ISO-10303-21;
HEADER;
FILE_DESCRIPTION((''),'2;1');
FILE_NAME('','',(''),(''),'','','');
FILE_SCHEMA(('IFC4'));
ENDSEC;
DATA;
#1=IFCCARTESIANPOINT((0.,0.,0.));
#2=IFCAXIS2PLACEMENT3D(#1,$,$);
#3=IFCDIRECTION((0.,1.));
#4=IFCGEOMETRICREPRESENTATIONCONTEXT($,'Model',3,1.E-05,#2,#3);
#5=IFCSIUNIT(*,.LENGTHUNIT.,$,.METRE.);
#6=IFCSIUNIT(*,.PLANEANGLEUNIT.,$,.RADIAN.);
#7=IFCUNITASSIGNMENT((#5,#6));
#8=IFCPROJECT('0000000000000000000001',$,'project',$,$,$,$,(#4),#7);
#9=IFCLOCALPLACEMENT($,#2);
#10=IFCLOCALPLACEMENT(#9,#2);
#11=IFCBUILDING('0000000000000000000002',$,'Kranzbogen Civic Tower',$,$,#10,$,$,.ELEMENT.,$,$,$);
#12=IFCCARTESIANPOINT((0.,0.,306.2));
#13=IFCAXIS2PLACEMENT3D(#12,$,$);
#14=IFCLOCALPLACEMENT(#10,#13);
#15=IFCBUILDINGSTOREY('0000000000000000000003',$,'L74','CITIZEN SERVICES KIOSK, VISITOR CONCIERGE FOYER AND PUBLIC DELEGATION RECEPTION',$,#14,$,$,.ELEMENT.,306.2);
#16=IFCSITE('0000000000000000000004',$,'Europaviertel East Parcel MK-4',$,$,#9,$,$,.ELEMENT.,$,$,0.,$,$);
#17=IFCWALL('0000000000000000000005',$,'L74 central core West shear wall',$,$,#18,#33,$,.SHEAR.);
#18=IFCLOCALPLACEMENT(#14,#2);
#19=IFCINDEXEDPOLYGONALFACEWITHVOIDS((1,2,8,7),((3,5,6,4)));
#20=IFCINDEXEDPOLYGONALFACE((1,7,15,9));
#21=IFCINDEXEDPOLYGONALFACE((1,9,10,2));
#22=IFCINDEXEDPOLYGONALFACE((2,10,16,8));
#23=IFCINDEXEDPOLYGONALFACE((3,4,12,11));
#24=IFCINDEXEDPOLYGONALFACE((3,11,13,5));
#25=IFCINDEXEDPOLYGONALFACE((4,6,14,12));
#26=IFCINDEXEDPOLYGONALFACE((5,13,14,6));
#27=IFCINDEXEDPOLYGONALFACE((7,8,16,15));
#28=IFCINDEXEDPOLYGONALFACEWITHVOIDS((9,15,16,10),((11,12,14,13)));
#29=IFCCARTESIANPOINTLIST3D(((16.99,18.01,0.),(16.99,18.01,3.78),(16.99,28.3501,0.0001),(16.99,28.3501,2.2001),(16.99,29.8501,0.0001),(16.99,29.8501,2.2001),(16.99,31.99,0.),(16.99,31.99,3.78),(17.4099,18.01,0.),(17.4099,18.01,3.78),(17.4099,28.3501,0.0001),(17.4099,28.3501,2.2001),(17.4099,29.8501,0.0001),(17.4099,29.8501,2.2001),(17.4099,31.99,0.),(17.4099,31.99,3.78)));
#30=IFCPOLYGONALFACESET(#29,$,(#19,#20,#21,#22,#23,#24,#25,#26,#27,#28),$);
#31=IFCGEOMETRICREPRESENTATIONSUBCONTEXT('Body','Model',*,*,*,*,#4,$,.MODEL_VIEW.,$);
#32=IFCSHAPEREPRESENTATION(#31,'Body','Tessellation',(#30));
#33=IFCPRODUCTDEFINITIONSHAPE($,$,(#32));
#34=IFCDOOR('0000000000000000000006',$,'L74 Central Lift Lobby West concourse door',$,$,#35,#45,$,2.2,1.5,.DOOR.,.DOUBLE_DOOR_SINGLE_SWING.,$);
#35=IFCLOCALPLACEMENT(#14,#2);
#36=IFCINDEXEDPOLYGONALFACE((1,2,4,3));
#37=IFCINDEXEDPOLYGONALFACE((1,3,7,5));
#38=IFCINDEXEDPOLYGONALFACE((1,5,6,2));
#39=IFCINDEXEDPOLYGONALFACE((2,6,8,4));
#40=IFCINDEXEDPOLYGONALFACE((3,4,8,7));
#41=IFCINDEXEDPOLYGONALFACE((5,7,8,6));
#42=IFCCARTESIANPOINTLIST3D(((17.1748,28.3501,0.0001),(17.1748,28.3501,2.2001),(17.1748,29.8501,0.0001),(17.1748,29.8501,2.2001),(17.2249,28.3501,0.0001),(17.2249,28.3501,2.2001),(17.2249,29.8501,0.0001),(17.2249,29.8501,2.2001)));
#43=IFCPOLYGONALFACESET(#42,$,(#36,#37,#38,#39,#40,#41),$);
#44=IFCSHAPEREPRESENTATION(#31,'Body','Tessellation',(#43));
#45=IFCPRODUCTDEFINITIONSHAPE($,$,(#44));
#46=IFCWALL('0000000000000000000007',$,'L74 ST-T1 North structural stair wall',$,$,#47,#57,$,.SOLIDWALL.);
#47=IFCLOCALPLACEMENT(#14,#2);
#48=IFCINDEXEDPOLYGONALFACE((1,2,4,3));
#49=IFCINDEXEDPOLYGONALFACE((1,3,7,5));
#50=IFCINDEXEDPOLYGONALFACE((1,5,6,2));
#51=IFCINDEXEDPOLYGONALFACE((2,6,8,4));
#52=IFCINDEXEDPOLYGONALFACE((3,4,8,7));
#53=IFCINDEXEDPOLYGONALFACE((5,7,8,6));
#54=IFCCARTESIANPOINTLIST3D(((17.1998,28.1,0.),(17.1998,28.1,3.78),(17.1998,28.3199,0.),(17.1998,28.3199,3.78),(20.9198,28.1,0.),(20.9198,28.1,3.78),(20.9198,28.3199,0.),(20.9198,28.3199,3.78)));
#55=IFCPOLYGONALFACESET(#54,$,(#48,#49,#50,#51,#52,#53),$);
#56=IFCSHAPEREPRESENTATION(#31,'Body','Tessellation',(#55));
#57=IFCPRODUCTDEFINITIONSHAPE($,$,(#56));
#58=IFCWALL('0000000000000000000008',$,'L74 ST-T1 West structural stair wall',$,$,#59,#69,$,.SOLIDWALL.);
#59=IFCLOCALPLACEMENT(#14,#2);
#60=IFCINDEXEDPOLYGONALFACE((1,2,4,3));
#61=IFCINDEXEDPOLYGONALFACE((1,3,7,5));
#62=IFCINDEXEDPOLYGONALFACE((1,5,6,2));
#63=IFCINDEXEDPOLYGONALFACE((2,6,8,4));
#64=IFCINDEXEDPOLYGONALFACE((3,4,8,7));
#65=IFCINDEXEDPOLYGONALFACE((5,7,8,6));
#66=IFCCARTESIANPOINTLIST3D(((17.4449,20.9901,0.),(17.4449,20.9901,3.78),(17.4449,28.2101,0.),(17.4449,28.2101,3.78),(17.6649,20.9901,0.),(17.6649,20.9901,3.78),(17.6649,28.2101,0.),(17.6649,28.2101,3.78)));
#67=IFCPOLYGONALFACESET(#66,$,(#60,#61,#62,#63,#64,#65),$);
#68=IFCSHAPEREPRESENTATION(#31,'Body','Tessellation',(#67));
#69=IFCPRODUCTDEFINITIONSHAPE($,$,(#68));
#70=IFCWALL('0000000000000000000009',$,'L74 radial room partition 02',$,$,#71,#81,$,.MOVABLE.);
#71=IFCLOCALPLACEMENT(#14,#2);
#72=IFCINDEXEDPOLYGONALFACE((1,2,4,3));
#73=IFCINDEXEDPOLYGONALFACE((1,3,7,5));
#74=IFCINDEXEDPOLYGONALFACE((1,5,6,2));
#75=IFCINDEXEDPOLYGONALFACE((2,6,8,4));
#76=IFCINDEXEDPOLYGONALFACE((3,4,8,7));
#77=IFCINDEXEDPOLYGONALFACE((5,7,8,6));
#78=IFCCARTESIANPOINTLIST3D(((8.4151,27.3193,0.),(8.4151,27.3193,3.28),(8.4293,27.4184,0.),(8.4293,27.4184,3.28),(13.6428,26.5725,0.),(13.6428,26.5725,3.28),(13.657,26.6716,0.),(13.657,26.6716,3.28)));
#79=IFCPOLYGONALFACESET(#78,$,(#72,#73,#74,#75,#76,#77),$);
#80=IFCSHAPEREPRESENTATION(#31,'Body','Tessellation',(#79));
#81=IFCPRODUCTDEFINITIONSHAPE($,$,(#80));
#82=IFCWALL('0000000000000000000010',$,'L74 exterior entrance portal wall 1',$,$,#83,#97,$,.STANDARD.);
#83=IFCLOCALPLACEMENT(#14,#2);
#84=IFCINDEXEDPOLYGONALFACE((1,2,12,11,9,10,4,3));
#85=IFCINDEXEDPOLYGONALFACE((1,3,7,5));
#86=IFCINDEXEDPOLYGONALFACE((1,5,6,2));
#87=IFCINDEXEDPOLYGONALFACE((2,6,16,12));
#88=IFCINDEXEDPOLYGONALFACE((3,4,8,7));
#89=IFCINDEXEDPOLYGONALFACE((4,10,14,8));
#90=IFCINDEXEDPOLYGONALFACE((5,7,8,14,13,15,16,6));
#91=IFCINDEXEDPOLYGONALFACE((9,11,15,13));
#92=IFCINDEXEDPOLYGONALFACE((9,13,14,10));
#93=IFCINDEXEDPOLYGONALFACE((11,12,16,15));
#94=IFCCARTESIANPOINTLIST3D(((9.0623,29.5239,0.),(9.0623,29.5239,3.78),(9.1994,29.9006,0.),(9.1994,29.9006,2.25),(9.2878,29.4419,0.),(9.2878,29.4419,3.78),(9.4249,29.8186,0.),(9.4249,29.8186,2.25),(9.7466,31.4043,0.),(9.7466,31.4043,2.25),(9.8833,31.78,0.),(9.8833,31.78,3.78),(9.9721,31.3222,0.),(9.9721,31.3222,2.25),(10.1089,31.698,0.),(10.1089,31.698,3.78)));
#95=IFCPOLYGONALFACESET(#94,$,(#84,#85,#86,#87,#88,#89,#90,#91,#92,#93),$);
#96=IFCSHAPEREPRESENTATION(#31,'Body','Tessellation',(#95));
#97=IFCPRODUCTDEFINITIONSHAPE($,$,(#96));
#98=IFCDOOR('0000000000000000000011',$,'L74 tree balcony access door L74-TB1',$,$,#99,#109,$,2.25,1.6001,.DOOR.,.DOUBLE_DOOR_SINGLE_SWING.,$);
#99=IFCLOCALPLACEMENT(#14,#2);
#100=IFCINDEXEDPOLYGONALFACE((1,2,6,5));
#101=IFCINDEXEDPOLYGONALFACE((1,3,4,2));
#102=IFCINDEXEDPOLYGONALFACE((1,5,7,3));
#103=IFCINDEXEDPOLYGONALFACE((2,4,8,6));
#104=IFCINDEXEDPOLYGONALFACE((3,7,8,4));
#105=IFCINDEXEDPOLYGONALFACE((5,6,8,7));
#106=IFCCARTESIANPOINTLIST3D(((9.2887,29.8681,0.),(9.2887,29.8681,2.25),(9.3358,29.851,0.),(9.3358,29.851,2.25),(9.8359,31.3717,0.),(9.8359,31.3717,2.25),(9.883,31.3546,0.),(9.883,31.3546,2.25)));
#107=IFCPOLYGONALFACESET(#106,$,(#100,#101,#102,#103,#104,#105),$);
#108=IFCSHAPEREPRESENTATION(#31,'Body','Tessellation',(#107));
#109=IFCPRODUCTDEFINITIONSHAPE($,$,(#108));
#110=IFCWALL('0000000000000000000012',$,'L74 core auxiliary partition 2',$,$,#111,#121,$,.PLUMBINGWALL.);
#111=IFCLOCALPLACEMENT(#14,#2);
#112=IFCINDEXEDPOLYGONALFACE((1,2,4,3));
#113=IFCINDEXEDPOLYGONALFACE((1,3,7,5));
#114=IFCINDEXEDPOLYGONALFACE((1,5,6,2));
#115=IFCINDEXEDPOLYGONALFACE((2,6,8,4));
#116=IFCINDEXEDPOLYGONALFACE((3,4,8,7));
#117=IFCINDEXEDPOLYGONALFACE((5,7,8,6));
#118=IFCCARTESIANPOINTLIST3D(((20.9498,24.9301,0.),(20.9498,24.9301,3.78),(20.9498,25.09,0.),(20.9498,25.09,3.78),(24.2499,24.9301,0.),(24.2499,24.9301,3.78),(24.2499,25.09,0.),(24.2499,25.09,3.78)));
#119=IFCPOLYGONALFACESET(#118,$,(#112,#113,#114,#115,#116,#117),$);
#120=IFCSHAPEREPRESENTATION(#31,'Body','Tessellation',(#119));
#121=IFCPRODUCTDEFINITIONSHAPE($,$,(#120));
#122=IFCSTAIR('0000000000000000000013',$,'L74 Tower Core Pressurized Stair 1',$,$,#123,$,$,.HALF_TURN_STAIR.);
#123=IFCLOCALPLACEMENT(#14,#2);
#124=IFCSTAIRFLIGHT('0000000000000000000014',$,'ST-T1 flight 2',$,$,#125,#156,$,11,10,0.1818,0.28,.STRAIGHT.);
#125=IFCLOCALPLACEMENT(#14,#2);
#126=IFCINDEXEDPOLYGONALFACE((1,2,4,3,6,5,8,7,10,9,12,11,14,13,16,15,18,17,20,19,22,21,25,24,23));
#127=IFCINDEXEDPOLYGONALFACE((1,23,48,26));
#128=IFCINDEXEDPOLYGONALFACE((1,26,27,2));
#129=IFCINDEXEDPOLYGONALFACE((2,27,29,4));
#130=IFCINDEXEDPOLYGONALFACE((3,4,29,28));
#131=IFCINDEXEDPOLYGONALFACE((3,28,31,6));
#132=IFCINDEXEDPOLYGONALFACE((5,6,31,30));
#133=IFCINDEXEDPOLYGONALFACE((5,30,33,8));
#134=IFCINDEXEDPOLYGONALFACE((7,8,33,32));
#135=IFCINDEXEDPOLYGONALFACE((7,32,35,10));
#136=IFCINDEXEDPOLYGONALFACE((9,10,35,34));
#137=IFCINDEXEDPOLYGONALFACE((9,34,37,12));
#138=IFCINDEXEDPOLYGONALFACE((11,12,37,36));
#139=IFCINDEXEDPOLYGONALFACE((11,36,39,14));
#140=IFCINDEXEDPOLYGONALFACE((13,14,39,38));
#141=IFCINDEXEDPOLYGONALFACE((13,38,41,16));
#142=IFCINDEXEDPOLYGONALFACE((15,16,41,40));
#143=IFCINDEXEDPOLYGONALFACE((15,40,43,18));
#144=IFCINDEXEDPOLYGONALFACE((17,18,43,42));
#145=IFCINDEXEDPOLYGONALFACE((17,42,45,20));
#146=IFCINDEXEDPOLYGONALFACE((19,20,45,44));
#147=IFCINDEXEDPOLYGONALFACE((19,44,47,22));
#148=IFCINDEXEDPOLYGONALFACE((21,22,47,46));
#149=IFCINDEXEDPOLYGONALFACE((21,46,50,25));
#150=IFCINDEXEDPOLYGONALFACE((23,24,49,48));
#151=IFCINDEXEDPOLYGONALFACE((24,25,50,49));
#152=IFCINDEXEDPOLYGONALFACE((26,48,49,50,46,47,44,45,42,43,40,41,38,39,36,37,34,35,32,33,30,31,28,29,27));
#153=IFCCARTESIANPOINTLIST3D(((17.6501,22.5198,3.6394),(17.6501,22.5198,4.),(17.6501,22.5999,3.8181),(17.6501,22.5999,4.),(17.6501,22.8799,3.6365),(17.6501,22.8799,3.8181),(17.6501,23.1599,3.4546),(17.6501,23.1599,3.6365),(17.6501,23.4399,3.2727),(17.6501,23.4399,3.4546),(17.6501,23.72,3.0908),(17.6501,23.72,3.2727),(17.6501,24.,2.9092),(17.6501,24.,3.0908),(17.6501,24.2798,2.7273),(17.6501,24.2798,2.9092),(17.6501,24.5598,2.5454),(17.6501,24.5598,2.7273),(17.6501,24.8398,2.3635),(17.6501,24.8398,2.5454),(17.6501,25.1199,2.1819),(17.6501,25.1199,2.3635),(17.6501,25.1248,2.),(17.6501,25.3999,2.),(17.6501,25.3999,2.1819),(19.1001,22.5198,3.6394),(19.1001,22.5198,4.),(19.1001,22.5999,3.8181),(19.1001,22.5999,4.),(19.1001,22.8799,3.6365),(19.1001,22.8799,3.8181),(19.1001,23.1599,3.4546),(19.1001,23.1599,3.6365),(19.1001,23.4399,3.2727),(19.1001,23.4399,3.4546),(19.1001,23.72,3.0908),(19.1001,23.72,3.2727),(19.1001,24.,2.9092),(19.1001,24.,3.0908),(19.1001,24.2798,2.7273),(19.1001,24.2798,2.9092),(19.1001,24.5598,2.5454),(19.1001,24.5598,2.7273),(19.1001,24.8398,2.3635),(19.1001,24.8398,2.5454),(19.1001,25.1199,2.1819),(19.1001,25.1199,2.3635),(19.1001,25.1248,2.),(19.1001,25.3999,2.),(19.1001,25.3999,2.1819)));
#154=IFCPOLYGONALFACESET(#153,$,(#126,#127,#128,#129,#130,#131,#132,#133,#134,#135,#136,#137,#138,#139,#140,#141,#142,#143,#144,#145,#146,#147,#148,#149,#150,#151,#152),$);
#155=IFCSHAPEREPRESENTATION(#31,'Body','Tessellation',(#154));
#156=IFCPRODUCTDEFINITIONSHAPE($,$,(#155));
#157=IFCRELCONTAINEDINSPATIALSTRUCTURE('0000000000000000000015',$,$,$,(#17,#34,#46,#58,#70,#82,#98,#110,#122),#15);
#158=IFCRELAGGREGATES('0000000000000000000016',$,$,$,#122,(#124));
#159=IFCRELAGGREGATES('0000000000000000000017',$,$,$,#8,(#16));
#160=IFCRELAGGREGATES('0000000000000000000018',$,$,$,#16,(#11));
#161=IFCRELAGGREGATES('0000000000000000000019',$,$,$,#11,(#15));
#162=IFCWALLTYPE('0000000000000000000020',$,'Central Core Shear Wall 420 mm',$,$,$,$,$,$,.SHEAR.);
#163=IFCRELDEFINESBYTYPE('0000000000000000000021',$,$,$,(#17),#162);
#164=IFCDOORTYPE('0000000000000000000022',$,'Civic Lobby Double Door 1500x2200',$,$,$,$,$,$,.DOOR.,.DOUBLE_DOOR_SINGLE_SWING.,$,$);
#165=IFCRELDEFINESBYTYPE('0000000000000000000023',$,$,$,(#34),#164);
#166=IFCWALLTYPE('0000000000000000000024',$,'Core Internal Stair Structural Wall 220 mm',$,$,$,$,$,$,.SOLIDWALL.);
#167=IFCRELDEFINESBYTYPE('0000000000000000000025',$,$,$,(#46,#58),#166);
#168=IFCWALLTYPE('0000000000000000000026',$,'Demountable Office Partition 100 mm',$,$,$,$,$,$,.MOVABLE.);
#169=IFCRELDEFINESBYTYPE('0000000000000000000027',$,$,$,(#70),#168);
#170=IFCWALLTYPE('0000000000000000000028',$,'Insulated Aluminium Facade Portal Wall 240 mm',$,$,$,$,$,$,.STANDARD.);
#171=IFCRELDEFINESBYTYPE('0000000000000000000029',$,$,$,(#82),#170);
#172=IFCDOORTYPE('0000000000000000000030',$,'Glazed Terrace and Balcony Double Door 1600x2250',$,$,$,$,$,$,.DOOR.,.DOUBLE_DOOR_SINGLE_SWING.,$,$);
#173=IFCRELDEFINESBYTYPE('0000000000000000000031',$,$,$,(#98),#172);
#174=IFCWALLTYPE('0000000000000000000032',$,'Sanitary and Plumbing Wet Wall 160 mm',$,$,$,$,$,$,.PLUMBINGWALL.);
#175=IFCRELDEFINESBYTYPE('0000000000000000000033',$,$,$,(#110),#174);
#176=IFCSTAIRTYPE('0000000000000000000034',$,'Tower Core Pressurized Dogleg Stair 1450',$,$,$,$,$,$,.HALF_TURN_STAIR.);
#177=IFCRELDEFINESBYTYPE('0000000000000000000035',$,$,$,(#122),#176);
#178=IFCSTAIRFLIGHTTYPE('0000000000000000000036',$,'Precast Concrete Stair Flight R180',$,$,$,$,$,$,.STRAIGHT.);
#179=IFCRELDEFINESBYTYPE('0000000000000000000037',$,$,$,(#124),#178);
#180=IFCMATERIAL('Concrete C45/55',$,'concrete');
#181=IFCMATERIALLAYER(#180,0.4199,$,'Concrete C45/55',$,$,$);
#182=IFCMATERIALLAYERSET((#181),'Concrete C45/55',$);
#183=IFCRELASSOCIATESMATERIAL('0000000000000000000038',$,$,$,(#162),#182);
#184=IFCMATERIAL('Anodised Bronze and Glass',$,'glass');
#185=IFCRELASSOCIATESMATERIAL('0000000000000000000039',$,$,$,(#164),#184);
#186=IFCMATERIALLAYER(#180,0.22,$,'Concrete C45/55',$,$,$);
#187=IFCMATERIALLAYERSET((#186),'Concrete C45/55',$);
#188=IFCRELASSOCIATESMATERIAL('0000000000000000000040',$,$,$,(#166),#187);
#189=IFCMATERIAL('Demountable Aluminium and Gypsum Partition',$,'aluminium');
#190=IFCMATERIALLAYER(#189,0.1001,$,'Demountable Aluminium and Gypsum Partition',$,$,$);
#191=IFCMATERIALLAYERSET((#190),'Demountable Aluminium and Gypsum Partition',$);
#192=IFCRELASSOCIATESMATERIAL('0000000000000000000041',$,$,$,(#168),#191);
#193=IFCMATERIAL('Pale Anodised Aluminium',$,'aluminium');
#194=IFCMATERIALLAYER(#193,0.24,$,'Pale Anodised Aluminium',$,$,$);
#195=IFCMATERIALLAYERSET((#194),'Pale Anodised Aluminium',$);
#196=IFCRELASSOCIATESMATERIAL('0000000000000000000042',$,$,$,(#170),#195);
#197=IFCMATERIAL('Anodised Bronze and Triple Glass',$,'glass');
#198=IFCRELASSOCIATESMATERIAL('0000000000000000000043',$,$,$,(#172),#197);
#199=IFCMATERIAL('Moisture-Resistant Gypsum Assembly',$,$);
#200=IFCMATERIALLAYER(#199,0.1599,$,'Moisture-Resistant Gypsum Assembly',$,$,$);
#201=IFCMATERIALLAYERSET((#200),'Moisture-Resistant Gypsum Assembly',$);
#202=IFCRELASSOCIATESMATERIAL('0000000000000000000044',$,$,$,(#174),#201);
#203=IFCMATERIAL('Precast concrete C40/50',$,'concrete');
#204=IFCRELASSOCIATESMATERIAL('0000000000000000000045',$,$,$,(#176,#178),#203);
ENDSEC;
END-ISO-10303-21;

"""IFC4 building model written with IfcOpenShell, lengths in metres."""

from ifc_helpers import new_model, si_unit, direction, frame, frame_2d, origin, place, context, subcontext, project, spatial, polyline, rectangle, outline, extrude, material, layer, layer_set, type_object, element, fill, aggregate, save


model = new_model("IFC4")

# Units and contexts
model_context = context("Model", 3, precision=1e-05, world=origin(), true_north=direction((0.0, 1.0)))
body_context = subcontext(model_context, "Body", "Model", "MODEL_VIEW")
ifc_project = project(units=[si_unit("LENGTHUNIT", "METRE"), si_unit("PLANEANGLEUNIT", "RADIAN")], contexts=[model_context])

# Site, building, storey
site_placement = place(None, origin())
site = spatial("IfcSite", under=ifc_project, at=site_placement, Name="Europaviertel East Parcel MK-4", CompositionType="ELEMENT", RefElevation=0.0)
building_placement = place(site_placement, origin())
building = spatial("IfcBuilding", under=site, at=building_placement, Name="Kranzbogen Civic Tower", CompositionType="ELEMENT")
storey_placement = place(building_placement, frame((0.0, 0.0, 306.2)))
storey = spatial("IfcBuildingStorey", under=building, at=storey_placement, Name="L74", Description="CITIZEN SERVICES KIOSK, VISITOR CONCIERGE FOYER AND PUBLIC DELEGATION RECEPTION", CompositionType="ELEMENT", Elevation=306.2)

# Shared definitions
ifc_material_1 = material(Name="Pale Anodised Aluminium", Category="aluminium")

# Wall, opening, door
ifc_material_2 = material(Name="Concrete C45/55", Category="concrete")
ifc_layer_1 = layer(ifc_material_2, 0.4199, Name="Concrete C45/55")
ifc_layer_set_1 = layer_set([ifc_layer_1], Name="Concrete C45/55")
wall_type_1 = type_object("IfcWallType", Name="Central Core Shear Wall 420 mm", PredefinedType="SHEAR", material=ifc_layer_set_1)
wall_1_placement = place(storey_placement, frame((17.2, 31.99, 0.0), z_axis=(0.0, 0.0, 1.0), x_axis=(0.0, -1.0, 0.0)))
wall_1 = element("IfcWall", 1, at=wall_1_placement, inside=storey, type_object=wall_type_1, Name="L74 central core West shear wall", PredefinedType="SHEAR", context=body_context, shape_type="SweptSolid", body=[
    extrude(rectangle(XDim=13.98, YDim=0.4199, at=frame_2d((6.99, 0.0))), origin(), (0.0, 0.0, 1.0), 3.78),
])
opening_1_placement = place(wall_1_placement, frame((2.1399, 0.0, 0.0)))
opening_1 = element("IfcOpeningElement", 2, at=opening_1_placement, cuts=wall_1, PredefinedType="OPENING", context=body_context, shape_type="SweptSolid", body=[
    extrude(rectangle(XDim=1.5, YDim=2.2, at=frame_2d((0.75, 1.1001))), frame((0.0, 0.22, 0.0), z_axis=(0.0, -1.0, 0.0), x_axis=(1.0, 0.0, 0.0)), (0.0, 0.0, 1.0), 0.4399),
])
ifc_material_3 = material(Name="Anodised Bronze and Glass", Category="glass")
door_type_1 = type_object("IfcDoorType", Name="Civic Lobby Double Door 1500x2200", OperationType="DOUBLE_DOOR_SINGLE_SWING", PredefinedType="DOOR", material=ifc_material_3)
door_1_placement = place(opening_1_placement, origin())
door_1 = element("IfcDoor", 3, at=door_1_placement, inside=storey, type_object=door_type_1, Name="L74 Central Lift Lobby West concourse door", OperationType="DOUBLE_DOOR_SINGLE_SWING", OverallHeight=2.2, OverallWidth=1.5, PredefinedType="DOOR", context=body_context, shape_type="SweptSolid", body=[
    extrude(rectangle(XDim=1.5, YDim=2.2, at=frame_2d((0.75, 1.1001))), frame((0.0, 0.0249, 0.0), z_axis=(0.0, -1.0, 0.0), x_axis=(1.0, 0.0, 0.0)), (0.0, 0.0, 1.0), 0.05),
])
fill(opening_1, door_1)

# Walls
ifc_layer_2 = layer(ifc_material_2, 0.22, Name="Concrete C45/55")
ifc_layer_set_2 = layer_set([ifc_layer_2], Name="Concrete C45/55")
wall_type_2 = type_object("IfcWallType", Name="Core Internal Stair Structural Wall 220 mm", PredefinedType="SOLIDWALL", material=ifc_layer_set_2)
wall_2_placement = place(storey_placement, frame((17.2, 28.21, 0.0), z_axis=(0.0, 0.0, 1.0), x_axis=(1.0, 0.0, 0.0)))
element("IfcWall", 4, at=wall_2_placement, inside=storey, type_object=wall_type_2, Name="L74 ST-T1 North structural stair wall", PredefinedType="SOLIDWALL", context=body_context, shape_type="SweptSolid", body=[
    extrude(rectangle(XDim=3.72, YDim=0.22, at=frame_2d((1.8599, 0.0))), origin(), (0.0, 0.0, 1.0), 3.78),
])
wall_3_placement = place(storey_placement, frame((17.5549, 28.21, 0.0), z_axis=(0.0, 0.0, 1.0), x_axis=(0.0, -1.0, 0.0)))
element("IfcWall", 5, at=wall_3_placement, inside=storey, type_object=wall_type_2, Name="L74 ST-T1 West structural stair wall", PredefinedType="SOLIDWALL", context=body_context, shape_type="SweptSolid", body=[
    extrude(rectangle(XDim=7.22, YDim=0.22, at=frame_2d((3.6099, 0.0))), origin(), (0.0, 0.0, 1.0), 3.78),
])
ifc_material_4 = material(Name="Demountable Aluminium and Gypsum Partition", Category="aluminium")
ifc_layer_3 = layer(ifc_material_4, 0.1001, Name="Demountable Aluminium and Gypsum Partition")
ifc_layer_set_3 = layer_set([ifc_layer_3], Name="Demountable Aluminium and Gypsum Partition")
wall_type_3 = type_object("IfcWallType", Name="Demountable Office Partition 100 mm", PredefinedType="MOVABLE", material=ifc_layer_set_3)
wall_4_placement = place(storey_placement, frame((13.6499, 26.6221, 0.0), z_axis=(0.0, 0.0, 1.0), x_axis=(-0.989949, 0.141421, 0.0)))
element("IfcWall", 6, at=wall_4_placement, inside=storey, type_object=wall_type_3, Name="L74 radial room partition 02", PredefinedType="MOVABLE", context=body_context, shape_type="SweptSolid", body=[
    extrude(rectangle(XDim=5.2808, YDim=0.1001, at=frame_2d((2.6404, 0.0))), origin(), (0.0, 0.0, 1.0), 3.28),
])

# Wall, opening, door
ifc_layer_4 = layer(ifc_material_1, 0.24, Name="Pale Anodised Aluminium")
ifc_layer_set_4 = layer_set([ifc_layer_4], Name="Pale Anodised Aluminium")
wall_type_4 = type_object("IfcWallType", Name="Insulated Aluminium Facade Portal Wall 240 mm", PredefinedType="STANDARD", material=ifc_layer_set_4)
wall_5_placement = place(storey_placement, frame((9.9961, 31.739, 0.0), z_axis=(0.0, 0.0, 1.0), x_axis=(-0.34198, -0.939707, 0.0)))
wall_5 = element("IfcWall", 7, at=wall_5_placement, inside=storey, type_object=wall_type_4, Name="L74 exterior entrance portal wall 1", PredefinedType="STANDARD", context=body_context, shape_type="SweptSolid", body=[
    extrude(rectangle(XDim=2.4009, YDim=0.24, at=frame_2d((1.2004, 0.0))), origin(), (0.0, 0.0, 1.0), 3.78),
])
opening_2_placement = place(wall_5_placement, frame((0.3999, 0.0, 0.0)))
opening_2 = element("IfcOpeningElement", 8, at=opening_2_placement, cuts=wall_5, PredefinedType="OPENING", context=body_context, shape_type="SweptSolid", body=[
    extrude(rectangle(XDim=1.6001, YDim=2.25, at=frame_2d((0.8, 1.125))), frame((0.0, 0.1299, 0.0), z_axis=(0.0, -1.0, 0.0), x_axis=(1.0, 0.0, 0.0)), (0.0, 0.0, 1.0), 0.26),
])
ifc_material_5 = material(Name="Anodised Bronze and Triple Glass", Category="glass")
door_type_2 = type_object("IfcDoorType", Name="Glazed Terrace and Balcony Double Door 1600x2250", OperationType="DOUBLE_DOOR_SINGLE_SWING", PredefinedType="DOOR", material=ifc_material_5)
door_2_placement = place(opening_2_placement, frame((1.6001, 0.0, 0.0), z_axis=(0.0, 0.0, 1.0), x_axis=(-1.0, 0.0, 0.0)))
door_2 = element("IfcDoor", 9, at=door_2_placement, inside=storey, type_object=door_type_2, Name="L74 tree balcony access door L74-TB1", OperationType="DOUBLE_DOOR_SINGLE_SWING", OverallHeight=2.25, OverallWidth=1.6001, PredefinedType="DOOR", context=body_context, shape_type="SweptSolid", body=[
    extrude(rectangle(XDim=1.6001, YDim=2.25, at=frame_2d((0.8, 1.125))), frame((0.0, 0.0249, 0.0), z_axis=(0.0, -1.0, 0.0), x_axis=(1.0, 0.0, 0.0)), (0.0, 0.0, 1.0), 0.05),
])
fill(opening_2, door_2)

# Wall
ifc_material_6 = material(Name="Moisture-Resistant Gypsum Assembly")
ifc_layer_5 = layer(ifc_material_6, 0.1599, Name="Moisture-Resistant Gypsum Assembly")
ifc_layer_set_5 = layer_set([ifc_layer_5], Name="Moisture-Resistant Gypsum Assembly")
wall_type_5 = type_object("IfcWallType", Name="Sanitary and Plumbing Wet Wall 160 mm", PredefinedType="PLUMBINGWALL", material=ifc_layer_set_5)
wall_6_placement = place(storey_placement, frame((20.95, 25.01, 0.0), z_axis=(0.0, 0.0, 1.0), x_axis=(1.0, 0.0, 0.0)))
element("IfcWall", 10, at=wall_6_placement, inside=storey, type_object=wall_type_5, Name="L74 core auxiliary partition 2", PredefinedType="PLUMBINGWALL", context=body_context, shape_type="SweptSolid", body=[
    extrude(rectangle(XDim=3.3, YDim=0.1599, at=frame_2d((1.6499, 0.0))), origin(), (0.0, 0.0, 1.0), 3.78),
])

# Stair, stair flight
ifc_material_7 = material(Name="Precast concrete C40/50", Category="concrete")
stair_type = type_object("IfcStairType", Name="Tower Core Pressurized Dogleg Stair 1450", PredefinedType="HALF_TURN_STAIR", material=ifc_material_7)
stair_placement = place(storey_placement, origin())
stair = element("IfcStair", 11, at=stair_placement, inside=storey, type_object=stair_type, Name="L74 Tower Core Pressurized Stair 1", PredefinedType="HALF_TURN_STAIR")
stair_flight_type = type_object("IfcStairFlightType", Name="Precast Concrete Stair Flight R180", PredefinedType="STRAIGHT", material=ifc_material_7)
stair_flight_placement = place(storey_placement, frame((18.375, 25.3999, 2.0), z_axis=(0.0, 0.0, 1.0), x_axis=(0.0, -1.0, 0.0)))
stair_flight = element("IfcStairFlight", 12, at=stair_flight_placement, type_object=stair_flight_type, Name="ST-T1 flight 2", NumberOfRisers=11, NumberOfTreads=10, PredefinedType="STRAIGHT", RiserHeight=0.1818, TreadLength=0.28, context=body_context, shape_type="SweptSolid", body=[
    extrude(outline(polyline([(0.0, 0.0), (0.0, 0.1819), (0.28, 0.1819), (0.28, 0.3635), (0.5601, 0.3635), (0.5601, 0.5454), (0.8401, 0.5454), (0.8401, 0.7273), (1.1201, 0.7273), (1.1201, 0.9092), (1.3999, 0.9092), (1.3999, 1.0908), (1.6799, 1.0908), (1.6799, 1.2727), (1.96, 1.2727), (1.96, 1.4546), (2.24, 1.4546), (2.24, 1.6365), (2.52, 1.6365), (2.52, 1.8181), (2.8, 1.8181), (2.8, 2.0), (2.8801, 2.0), (2.8801, 1.6394), (0.2751, 0.0), (0.0, 0.0)])), frame((0.0, 0.7251, 0.0), z_axis=(0.0, -1.0, 0.0), x_axis=(1.0, 0.0, 0.0)), (0.0, 0.0, 1.0), 1.45),
])
aggregate(stair, [stair_flight])

save(model, "model.ifc")
